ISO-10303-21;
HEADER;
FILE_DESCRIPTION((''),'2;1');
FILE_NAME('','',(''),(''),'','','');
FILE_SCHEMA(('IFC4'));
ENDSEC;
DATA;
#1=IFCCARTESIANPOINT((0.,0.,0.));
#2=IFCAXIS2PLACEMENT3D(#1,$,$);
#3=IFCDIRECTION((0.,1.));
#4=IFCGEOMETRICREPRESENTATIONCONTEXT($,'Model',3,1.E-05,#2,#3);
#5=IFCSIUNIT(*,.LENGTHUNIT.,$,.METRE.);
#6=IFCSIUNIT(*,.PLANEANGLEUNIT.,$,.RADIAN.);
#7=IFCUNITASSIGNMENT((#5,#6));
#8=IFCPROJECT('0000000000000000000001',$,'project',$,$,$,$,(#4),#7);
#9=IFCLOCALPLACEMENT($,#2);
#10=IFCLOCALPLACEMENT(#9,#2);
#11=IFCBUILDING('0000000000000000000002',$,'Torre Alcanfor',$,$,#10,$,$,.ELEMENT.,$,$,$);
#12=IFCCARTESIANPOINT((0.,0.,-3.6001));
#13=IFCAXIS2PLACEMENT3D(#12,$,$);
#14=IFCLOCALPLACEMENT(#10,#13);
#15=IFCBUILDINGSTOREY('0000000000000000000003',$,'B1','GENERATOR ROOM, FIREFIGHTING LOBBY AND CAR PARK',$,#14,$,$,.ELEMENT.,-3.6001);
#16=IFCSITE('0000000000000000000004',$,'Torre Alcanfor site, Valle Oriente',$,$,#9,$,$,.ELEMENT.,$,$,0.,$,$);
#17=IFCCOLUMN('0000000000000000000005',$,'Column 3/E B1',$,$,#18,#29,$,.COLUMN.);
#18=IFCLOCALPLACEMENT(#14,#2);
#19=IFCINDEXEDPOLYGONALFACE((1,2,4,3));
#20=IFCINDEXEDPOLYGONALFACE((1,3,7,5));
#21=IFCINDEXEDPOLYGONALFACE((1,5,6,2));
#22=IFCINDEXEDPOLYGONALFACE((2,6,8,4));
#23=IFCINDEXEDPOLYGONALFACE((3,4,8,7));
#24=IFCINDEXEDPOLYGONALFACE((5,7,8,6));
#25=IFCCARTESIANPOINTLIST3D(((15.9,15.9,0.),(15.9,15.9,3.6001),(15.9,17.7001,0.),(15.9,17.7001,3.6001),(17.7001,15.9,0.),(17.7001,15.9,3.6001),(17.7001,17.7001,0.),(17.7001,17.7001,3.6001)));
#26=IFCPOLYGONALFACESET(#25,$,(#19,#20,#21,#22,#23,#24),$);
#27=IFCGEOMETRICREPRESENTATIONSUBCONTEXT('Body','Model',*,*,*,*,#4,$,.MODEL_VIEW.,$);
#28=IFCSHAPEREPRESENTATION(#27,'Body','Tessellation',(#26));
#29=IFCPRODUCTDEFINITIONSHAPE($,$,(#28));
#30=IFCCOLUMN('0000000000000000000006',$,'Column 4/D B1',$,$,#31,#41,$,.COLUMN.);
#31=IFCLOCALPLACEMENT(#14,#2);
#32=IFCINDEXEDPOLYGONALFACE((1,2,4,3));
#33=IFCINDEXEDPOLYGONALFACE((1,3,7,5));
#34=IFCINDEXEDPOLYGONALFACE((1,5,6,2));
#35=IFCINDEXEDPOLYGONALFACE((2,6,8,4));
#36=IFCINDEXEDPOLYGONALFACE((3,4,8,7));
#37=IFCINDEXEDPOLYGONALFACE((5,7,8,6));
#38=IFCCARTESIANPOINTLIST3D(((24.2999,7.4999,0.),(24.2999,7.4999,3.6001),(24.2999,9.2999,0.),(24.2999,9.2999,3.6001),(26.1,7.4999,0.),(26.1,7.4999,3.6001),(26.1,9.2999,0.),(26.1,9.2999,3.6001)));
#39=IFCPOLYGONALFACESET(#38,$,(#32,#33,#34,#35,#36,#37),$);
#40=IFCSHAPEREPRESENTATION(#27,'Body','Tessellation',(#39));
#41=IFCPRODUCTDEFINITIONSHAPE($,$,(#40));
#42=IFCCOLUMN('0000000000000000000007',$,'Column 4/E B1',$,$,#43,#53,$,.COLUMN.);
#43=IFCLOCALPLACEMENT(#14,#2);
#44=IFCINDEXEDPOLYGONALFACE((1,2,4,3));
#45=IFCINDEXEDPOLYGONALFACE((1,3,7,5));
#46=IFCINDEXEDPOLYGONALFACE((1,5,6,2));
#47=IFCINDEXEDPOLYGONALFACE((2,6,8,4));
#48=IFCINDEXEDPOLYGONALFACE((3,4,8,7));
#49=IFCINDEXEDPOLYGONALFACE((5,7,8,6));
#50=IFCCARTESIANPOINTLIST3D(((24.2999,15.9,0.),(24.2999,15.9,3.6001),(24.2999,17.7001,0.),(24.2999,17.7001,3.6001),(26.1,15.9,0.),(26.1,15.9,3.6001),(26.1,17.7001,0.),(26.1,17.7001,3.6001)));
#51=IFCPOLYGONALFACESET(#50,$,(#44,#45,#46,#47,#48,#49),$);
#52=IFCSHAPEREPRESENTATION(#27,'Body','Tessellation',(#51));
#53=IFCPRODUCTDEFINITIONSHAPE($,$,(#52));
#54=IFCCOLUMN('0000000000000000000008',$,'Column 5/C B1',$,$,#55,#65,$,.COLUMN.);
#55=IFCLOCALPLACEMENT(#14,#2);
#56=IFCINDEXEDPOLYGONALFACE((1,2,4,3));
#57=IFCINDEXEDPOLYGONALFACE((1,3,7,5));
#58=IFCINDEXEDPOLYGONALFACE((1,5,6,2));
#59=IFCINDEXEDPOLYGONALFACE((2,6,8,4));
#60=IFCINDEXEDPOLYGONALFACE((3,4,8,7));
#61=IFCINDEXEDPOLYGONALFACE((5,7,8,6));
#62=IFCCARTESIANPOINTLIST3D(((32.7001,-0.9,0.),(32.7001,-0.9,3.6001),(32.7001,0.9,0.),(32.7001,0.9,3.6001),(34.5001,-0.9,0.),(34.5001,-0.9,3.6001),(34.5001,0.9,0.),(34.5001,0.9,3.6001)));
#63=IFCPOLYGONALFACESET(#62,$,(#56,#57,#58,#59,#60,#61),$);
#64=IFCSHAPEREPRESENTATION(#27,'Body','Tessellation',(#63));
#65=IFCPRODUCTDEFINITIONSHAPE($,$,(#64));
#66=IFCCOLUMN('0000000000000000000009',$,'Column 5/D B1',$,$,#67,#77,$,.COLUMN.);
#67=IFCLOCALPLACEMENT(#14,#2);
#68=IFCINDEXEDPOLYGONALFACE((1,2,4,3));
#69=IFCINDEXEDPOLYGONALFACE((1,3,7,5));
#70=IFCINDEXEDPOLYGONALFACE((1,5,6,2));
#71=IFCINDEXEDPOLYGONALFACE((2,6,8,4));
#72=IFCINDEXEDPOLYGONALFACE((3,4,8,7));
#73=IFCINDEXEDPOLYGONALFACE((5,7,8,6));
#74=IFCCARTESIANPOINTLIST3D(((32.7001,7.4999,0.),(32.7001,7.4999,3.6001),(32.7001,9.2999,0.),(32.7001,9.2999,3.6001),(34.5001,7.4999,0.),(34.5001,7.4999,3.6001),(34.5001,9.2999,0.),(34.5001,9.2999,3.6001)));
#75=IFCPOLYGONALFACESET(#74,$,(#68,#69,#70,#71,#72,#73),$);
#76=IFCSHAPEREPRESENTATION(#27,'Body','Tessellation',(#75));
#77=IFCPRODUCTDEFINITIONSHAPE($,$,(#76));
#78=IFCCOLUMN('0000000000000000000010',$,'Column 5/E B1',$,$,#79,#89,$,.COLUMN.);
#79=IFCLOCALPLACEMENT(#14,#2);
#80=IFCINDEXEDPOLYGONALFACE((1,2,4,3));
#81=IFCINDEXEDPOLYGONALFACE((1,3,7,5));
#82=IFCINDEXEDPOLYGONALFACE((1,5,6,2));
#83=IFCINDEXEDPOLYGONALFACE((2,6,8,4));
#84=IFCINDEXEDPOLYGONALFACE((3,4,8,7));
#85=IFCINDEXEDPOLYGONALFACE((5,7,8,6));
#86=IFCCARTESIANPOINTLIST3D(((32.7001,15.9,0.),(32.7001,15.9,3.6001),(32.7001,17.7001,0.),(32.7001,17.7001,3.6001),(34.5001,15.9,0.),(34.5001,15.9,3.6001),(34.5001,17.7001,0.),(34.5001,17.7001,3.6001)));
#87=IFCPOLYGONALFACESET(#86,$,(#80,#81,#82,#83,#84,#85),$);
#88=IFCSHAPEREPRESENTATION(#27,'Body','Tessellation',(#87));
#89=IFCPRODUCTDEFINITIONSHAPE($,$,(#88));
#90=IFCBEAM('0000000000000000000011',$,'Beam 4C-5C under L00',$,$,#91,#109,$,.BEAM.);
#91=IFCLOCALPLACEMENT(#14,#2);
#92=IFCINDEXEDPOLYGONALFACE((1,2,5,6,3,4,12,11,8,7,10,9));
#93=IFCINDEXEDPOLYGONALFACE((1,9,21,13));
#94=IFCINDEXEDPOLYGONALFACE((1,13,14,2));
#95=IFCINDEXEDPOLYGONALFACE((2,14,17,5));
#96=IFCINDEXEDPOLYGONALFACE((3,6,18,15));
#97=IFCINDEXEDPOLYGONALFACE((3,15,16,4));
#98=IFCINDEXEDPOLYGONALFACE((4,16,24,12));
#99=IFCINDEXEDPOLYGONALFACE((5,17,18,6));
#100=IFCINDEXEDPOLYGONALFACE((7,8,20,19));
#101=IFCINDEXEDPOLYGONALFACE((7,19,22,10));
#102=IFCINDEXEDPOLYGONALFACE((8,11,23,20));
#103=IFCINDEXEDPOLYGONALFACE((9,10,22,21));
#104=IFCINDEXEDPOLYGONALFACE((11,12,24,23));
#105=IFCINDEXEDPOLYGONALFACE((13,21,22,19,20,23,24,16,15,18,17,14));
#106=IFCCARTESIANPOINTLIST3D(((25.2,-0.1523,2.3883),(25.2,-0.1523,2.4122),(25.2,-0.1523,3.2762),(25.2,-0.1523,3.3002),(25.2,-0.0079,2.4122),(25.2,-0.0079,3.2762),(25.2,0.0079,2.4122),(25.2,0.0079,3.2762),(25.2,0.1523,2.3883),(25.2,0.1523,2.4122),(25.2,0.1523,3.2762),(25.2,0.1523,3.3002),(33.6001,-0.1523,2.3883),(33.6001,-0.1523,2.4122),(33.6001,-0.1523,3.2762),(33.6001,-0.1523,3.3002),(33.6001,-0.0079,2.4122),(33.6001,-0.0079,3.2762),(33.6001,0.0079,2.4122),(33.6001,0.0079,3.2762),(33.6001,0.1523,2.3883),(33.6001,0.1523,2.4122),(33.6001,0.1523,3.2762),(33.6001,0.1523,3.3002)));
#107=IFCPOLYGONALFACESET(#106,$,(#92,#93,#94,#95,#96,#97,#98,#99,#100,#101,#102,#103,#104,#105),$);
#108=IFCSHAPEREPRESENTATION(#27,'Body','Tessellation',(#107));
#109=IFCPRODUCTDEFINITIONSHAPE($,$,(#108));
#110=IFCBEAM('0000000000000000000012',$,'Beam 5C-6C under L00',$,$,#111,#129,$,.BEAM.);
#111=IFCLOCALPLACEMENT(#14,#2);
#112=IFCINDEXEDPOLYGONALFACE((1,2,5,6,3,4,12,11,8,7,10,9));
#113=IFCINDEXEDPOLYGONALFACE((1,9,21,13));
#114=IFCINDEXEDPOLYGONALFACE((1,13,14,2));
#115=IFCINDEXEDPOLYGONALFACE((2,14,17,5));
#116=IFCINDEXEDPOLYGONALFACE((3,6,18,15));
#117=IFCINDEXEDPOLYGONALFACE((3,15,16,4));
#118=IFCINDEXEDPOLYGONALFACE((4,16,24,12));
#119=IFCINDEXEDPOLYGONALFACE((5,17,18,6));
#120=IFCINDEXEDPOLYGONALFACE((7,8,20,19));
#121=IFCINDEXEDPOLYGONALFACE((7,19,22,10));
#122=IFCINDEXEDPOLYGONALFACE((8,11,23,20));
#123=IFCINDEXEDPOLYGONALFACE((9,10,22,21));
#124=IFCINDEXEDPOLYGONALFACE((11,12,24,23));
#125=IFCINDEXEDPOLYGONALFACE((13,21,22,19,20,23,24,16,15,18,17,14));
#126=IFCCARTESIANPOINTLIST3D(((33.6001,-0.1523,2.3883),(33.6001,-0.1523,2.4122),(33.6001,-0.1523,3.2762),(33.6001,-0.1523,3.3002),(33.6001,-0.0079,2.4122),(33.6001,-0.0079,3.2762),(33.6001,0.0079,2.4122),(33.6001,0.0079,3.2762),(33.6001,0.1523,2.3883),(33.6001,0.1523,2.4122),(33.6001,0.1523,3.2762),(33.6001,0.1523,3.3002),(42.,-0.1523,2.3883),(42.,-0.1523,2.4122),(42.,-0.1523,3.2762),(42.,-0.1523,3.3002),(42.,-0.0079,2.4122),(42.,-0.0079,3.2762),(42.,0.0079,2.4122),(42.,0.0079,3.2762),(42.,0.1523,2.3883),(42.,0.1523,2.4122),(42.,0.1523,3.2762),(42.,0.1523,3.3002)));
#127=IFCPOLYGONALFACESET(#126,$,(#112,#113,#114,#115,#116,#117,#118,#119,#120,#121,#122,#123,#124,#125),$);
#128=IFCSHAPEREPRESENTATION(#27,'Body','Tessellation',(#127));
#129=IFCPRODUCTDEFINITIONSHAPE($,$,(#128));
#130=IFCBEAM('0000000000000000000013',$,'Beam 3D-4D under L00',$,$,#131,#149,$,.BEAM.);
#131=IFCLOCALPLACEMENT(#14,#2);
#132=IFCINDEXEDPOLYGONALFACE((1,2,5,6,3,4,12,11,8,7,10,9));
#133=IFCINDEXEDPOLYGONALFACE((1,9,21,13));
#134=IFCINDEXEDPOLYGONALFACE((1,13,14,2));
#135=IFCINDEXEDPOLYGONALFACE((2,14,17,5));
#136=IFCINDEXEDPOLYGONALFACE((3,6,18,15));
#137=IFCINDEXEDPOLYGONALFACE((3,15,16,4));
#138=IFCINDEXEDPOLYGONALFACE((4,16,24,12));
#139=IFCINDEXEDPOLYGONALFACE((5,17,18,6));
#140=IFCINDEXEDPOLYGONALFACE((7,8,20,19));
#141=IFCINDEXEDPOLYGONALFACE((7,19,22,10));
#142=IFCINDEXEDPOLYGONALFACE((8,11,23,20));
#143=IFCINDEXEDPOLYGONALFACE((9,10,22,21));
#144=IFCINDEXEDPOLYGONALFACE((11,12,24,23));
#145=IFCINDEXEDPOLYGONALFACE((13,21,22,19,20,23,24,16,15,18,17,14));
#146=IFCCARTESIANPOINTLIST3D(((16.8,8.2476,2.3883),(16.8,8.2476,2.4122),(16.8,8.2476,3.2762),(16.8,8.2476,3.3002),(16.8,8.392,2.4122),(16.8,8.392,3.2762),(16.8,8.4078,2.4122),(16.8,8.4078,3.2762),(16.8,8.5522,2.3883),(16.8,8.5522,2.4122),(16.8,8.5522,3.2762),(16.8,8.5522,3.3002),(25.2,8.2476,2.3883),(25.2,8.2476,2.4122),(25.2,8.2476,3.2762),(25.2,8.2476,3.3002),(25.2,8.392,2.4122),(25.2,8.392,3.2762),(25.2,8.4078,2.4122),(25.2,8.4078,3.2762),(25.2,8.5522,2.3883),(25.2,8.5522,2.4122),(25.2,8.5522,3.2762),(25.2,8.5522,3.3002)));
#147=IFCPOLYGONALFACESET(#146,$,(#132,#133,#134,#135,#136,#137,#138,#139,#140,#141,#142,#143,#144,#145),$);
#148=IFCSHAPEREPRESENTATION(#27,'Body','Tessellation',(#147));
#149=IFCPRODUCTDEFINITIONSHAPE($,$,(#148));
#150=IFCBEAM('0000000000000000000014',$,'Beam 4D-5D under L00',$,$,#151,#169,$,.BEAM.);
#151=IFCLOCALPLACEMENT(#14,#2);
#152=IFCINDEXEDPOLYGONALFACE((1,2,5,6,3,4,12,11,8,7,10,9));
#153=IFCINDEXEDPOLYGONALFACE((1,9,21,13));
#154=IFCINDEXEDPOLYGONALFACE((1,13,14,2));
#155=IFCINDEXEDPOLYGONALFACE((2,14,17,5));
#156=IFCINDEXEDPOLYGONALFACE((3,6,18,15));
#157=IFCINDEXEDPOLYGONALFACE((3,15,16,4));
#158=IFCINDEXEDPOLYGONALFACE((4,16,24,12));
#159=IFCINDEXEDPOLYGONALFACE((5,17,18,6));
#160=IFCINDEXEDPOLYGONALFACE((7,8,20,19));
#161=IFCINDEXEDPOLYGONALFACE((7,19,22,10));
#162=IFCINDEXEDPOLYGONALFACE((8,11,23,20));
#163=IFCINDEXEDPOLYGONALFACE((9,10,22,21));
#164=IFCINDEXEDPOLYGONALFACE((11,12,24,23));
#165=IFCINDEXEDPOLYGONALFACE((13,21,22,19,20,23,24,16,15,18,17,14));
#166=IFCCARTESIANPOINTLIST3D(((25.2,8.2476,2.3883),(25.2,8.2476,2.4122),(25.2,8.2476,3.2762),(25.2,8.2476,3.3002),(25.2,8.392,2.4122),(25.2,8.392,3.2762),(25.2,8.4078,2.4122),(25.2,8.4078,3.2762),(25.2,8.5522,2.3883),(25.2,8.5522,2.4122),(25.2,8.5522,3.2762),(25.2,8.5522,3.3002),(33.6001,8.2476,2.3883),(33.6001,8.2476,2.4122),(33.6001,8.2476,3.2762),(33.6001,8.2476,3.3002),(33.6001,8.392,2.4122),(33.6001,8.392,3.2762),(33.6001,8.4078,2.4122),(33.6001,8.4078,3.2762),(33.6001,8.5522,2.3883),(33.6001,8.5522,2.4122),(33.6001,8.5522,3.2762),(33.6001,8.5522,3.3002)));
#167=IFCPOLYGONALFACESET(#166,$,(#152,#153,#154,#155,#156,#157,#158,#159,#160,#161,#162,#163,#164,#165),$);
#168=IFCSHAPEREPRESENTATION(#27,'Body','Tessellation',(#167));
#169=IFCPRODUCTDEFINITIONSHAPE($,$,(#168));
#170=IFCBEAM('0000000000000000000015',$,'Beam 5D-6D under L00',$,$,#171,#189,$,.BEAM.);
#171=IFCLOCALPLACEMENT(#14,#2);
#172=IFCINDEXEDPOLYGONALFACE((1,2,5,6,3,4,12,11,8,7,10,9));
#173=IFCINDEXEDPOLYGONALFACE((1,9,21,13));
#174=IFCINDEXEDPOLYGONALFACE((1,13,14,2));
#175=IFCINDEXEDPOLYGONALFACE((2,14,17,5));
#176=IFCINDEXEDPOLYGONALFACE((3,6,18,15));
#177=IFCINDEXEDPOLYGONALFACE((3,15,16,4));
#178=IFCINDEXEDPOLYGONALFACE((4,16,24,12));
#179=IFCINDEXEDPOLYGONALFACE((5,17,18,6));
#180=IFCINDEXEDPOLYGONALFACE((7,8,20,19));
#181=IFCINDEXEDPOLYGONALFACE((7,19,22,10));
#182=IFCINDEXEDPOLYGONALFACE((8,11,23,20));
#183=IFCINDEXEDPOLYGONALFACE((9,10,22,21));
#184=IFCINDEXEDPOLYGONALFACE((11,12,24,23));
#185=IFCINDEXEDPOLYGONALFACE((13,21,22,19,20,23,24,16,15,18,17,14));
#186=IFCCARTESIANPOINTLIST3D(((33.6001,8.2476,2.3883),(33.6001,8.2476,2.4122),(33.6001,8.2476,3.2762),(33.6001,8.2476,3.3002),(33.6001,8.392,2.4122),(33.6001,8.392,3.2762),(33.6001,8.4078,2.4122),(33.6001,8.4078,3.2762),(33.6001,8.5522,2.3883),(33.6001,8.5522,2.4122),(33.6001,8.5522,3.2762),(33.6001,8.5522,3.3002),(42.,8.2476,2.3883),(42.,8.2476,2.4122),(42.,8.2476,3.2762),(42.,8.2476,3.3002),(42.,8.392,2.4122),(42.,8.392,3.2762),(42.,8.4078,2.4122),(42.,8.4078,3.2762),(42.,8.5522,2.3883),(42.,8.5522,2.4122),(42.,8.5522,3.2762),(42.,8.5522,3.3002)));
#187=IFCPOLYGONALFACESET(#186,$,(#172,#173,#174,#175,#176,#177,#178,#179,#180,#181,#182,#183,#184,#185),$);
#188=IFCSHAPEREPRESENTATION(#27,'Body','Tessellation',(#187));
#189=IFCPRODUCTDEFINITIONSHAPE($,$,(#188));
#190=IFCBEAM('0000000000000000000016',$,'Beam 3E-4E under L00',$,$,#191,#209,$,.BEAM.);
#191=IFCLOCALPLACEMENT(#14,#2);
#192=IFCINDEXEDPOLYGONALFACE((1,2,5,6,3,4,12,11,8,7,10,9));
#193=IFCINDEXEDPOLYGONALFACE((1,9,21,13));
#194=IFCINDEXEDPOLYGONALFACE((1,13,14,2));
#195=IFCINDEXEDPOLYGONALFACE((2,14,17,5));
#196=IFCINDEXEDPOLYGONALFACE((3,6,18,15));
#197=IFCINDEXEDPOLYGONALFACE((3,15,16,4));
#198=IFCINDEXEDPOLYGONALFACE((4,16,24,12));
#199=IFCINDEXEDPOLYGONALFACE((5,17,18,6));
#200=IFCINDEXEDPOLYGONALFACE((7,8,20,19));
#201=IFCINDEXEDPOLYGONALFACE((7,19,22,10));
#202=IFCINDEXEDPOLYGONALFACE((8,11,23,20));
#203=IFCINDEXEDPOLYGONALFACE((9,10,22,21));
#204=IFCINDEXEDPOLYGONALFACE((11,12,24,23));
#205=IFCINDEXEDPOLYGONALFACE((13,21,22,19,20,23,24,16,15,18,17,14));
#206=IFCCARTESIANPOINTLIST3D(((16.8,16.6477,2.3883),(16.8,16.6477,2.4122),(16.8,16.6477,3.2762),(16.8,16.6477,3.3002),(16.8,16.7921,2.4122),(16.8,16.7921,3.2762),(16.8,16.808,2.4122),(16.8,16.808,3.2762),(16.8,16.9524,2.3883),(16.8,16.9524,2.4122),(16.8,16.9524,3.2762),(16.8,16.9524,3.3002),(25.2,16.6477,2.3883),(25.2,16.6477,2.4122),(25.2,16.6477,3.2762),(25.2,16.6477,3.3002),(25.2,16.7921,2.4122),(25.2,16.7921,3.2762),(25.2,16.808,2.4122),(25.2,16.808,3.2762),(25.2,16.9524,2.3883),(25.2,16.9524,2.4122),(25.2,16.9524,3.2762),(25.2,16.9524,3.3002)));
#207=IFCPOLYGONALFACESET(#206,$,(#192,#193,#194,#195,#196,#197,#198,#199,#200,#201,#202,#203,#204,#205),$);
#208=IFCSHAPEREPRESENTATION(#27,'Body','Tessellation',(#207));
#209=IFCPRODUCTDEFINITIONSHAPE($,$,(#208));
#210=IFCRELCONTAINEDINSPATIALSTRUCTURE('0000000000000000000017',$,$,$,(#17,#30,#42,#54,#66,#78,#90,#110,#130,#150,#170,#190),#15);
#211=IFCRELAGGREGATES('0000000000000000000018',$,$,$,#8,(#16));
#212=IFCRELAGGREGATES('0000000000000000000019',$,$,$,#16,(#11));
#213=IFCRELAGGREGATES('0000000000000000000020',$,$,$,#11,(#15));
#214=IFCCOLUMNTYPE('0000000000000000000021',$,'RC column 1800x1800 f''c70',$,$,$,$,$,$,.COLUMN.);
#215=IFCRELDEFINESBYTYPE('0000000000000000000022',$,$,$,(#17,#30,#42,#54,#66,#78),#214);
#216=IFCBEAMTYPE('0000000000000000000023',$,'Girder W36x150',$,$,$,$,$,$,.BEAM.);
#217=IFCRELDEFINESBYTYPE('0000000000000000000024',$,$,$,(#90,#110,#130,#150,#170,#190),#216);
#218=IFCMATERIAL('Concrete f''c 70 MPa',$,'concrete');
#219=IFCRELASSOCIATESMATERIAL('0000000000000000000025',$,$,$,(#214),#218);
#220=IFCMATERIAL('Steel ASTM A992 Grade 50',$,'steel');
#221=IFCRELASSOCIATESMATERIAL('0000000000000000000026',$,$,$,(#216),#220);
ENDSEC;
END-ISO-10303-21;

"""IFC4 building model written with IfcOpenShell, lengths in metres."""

from ifc_helpers import new_model, si_unit, direction, frame, origin, origin_2d, place, context, subcontext, project, spatial, rectangle, i_section, extrude, material, material_profile, profile_set, type_object, element, save


model = new_model("IFC4")

# Units and contexts
model_context = context("Model", 3, precision=1e-05, world=origin(), true_north=direction((0.0, 1.0)))
body_context = subcontext(model_context, "Body", "Model", "MODEL_VIEW")
ifc_project = project(units=[si_unit("LENGTHUNIT", "METRE"), si_unit("PLANEANGLEUNIT", "RADIAN")], contexts=[model_context])

# Site, building, storey
site_placement = place(None, origin())
site = spatial("IfcSite", under=ifc_project, at=site_placement, Name="Torre Alcanfor site, Valle Oriente", CompositionType="ELEMENT", RefElevation=0.0)
building_placement = place(site_placement, origin())
building = spatial("IfcBuilding", under=site, at=building_placement, Name="Torre Alcanfor", CompositionType="ELEMENT")
storey_placement = place(building_placement, frame((0.0, 0.0, -3.6001)))
storey = spatial("IfcBuildingStorey", under=building, at=storey_placement, Name="B1", Description="GENERATOR ROOM, FIREFIGHTING LOBBY AND CAR PARK", CompositionType="ELEMENT", Elevation=-3.6001)

# Columns
ifc_material_1 = material(Name="Concrete f'c 70 MPa", Category="concrete")
ifc_material_profile_1 = material_profile(ifc_material_1, rectangle(XDim=1.8, YDim=1.8, at=origin_2d()), Name="1800x1800")
ifc_profile_set_1 = profile_set([ifc_material_profile_1], Name="Concrete f'c 70 MPa")
column_type = type_object("IfcColumnType", Name="RC column 1800x1800 f'c70", PredefinedType="COLUMN", material=ifc_profile_set_1)
for number, where, z_axis, x_axis, name in (
    (1, (16.8, 16.8, 0.0), (0.0, 0.0, 1.0), (1.0, 0.0, 0.0), "Column 3/E B1"),
    (2, (25.2, 8.3999, 0.0), (0.0, 0.0, 1.0), (1.0, 0.0, 0.0), "Column 4/D B1"),
    (3, (25.2, 16.8, 0.0), (0.0, 0.0, 1.0), (1.0, 0.0, 0.0), "Column 4/E B1"),
    (4, (33.6001, 0.0, 0.0), (0.0, 0.0, 1.0), (1.0, 0.0, 0.0), "Column 5/C B1"),
    (5, (33.6001, 8.3999, 0.0), (0.0, 0.0, 1.0), (1.0, 0.0, 0.0), "Column 5/D B1"),
    (6, (33.6001, 16.8, 0.0), (0.0, 0.0, 1.0), (1.0, 0.0, 0.0), "Column 5/E B1"),
):
    element("IfcColumn", number, at=place(storey_placement, frame(where, z_axis=z_axis, x_axis=x_axis)), inside=storey, type_object=column_type, Name=name, PredefinedType="COLUMN", context=body_context, shape_type="SweptSolid", body=[
        extrude(rectangle(XDim=1.8, YDim=1.8, at=origin_2d()), origin(), (0.0, 0.0, 1.0), 3.6001),
    ])

# Beams
ifc_material_2 = material(Name="Steel ASTM A992 Grade 50", Category="steel")
ifc_material_profile_2 = material_profile(ifc_material_2, i_section(OverallWidth=0.3047, OverallDepth=0.9119, WebThickness=0.0159, FlangeThickness=0.0239, at=origin_2d()), Name="W36x150")
ifc_profile_set_2 = profile_set([ifc_material_profile_2], Name="Steel ASTM A992 Grade 50")
beam_type_1 = type_object("IfcBeamType", Name="Girder W36x150", PredefinedType="BEAM", material=ifc_profile_set_2)
beam_1_placement = place(storey_placement, frame((25.2, 0.0, 2.8442), z_axis=(1.0, 0.0, 0.0), x_axis=(0.0, 1.0, 0.0)))
element("IfcBeam", 7, at=beam_1_placement, inside=storey, type_object=beam_type_1, Name="Beam 4C-5C under L00", PredefinedType="BEAM", context=body_context, shape_type="SweptSolid", body=[
    extrude(i_section(OverallWidth=0.3047, OverallDepth=0.9119, WebThickness=0.0159, FlangeThickness=0.0239, at=origin_2d()), origin(), (0.0, 0.0, 1.0), 8.4001),
])
for number, where, z_axis, x_axis, name in (
    (8, (33.6001, 0.0, 2.8442), (1.0, 0.0, 0.0), (0.0, 1.0, 0.0), "Beam 5C-6C under L00"),
    (9, (16.8, 8.3999, 2.8442), (1.0, 0.0, 0.0), (0.0, 1.0, 0.0), "Beam 3D-4D under L00"),
):
    element("IfcBeam", number, at=place(storey_placement, frame(where, z_axis=z_axis, x_axis=x_axis)), inside=storey, type_object=beam_type_1, Name=name, PredefinedType="BEAM", context=body_context, shape_type="SweptSolid", body=[
        extrude(i_section(OverallWidth=0.3047, OverallDepth=0.9119, WebThickness=0.0159, FlangeThickness=0.0239, at=origin_2d()), origin(), (0.0, 0.0, 1.0), 8.3999),
    ])
beam_2_placement = place(storey_placement, frame((25.2, 8.3999, 2.8442), z_axis=(1.0, 0.0, 0.0), x_axis=(0.0, 1.0, 0.0)))
element("IfcBeam", 10, at=beam_2_placement, inside=storey, type_object=beam_type_1, Name="Beam 4D-5D under L00", PredefinedType="BEAM", context=body_context, shape_type="SweptSolid", body=[
    extrude(i_section(OverallWidth=0.3047, OverallDepth=0.9119, WebThickness=0.0159, FlangeThickness=0.0239, at=origin_2d()), origin(), (0.0, 0.0, 1.0), 8.4001),
])
for number, where, z_axis, x_axis, name in (
    (11, (33.6001, 8.3999, 2.8442), (1.0, 0.0, 0.0), (0.0, 1.0, 0.0), "Beam 5D-6D under L00"),
    (12, (16.8, 16.8, 2.8442), (1.0, 0.0, 0.0), (0.0, 1.0, 0.0), "Beam 3E-4E under L00"),
):
    element("IfcBeam", number, at=place(storey_placement, frame(where, z_axis=z_axis, x_axis=x_axis)), inside=storey, type_object=beam_type_1, Name=name, PredefinedType="BEAM", context=body_context, shape_type="SweptSolid", body=[
        extrude(i_section(OverallWidth=0.3047, OverallDepth=0.9119, WebThickness=0.0159, FlangeThickness=0.0239, at=origin_2d()), origin(), (0.0, 0.0, 1.0), 8.3999),
    ])

save(model, "model.ifc")
